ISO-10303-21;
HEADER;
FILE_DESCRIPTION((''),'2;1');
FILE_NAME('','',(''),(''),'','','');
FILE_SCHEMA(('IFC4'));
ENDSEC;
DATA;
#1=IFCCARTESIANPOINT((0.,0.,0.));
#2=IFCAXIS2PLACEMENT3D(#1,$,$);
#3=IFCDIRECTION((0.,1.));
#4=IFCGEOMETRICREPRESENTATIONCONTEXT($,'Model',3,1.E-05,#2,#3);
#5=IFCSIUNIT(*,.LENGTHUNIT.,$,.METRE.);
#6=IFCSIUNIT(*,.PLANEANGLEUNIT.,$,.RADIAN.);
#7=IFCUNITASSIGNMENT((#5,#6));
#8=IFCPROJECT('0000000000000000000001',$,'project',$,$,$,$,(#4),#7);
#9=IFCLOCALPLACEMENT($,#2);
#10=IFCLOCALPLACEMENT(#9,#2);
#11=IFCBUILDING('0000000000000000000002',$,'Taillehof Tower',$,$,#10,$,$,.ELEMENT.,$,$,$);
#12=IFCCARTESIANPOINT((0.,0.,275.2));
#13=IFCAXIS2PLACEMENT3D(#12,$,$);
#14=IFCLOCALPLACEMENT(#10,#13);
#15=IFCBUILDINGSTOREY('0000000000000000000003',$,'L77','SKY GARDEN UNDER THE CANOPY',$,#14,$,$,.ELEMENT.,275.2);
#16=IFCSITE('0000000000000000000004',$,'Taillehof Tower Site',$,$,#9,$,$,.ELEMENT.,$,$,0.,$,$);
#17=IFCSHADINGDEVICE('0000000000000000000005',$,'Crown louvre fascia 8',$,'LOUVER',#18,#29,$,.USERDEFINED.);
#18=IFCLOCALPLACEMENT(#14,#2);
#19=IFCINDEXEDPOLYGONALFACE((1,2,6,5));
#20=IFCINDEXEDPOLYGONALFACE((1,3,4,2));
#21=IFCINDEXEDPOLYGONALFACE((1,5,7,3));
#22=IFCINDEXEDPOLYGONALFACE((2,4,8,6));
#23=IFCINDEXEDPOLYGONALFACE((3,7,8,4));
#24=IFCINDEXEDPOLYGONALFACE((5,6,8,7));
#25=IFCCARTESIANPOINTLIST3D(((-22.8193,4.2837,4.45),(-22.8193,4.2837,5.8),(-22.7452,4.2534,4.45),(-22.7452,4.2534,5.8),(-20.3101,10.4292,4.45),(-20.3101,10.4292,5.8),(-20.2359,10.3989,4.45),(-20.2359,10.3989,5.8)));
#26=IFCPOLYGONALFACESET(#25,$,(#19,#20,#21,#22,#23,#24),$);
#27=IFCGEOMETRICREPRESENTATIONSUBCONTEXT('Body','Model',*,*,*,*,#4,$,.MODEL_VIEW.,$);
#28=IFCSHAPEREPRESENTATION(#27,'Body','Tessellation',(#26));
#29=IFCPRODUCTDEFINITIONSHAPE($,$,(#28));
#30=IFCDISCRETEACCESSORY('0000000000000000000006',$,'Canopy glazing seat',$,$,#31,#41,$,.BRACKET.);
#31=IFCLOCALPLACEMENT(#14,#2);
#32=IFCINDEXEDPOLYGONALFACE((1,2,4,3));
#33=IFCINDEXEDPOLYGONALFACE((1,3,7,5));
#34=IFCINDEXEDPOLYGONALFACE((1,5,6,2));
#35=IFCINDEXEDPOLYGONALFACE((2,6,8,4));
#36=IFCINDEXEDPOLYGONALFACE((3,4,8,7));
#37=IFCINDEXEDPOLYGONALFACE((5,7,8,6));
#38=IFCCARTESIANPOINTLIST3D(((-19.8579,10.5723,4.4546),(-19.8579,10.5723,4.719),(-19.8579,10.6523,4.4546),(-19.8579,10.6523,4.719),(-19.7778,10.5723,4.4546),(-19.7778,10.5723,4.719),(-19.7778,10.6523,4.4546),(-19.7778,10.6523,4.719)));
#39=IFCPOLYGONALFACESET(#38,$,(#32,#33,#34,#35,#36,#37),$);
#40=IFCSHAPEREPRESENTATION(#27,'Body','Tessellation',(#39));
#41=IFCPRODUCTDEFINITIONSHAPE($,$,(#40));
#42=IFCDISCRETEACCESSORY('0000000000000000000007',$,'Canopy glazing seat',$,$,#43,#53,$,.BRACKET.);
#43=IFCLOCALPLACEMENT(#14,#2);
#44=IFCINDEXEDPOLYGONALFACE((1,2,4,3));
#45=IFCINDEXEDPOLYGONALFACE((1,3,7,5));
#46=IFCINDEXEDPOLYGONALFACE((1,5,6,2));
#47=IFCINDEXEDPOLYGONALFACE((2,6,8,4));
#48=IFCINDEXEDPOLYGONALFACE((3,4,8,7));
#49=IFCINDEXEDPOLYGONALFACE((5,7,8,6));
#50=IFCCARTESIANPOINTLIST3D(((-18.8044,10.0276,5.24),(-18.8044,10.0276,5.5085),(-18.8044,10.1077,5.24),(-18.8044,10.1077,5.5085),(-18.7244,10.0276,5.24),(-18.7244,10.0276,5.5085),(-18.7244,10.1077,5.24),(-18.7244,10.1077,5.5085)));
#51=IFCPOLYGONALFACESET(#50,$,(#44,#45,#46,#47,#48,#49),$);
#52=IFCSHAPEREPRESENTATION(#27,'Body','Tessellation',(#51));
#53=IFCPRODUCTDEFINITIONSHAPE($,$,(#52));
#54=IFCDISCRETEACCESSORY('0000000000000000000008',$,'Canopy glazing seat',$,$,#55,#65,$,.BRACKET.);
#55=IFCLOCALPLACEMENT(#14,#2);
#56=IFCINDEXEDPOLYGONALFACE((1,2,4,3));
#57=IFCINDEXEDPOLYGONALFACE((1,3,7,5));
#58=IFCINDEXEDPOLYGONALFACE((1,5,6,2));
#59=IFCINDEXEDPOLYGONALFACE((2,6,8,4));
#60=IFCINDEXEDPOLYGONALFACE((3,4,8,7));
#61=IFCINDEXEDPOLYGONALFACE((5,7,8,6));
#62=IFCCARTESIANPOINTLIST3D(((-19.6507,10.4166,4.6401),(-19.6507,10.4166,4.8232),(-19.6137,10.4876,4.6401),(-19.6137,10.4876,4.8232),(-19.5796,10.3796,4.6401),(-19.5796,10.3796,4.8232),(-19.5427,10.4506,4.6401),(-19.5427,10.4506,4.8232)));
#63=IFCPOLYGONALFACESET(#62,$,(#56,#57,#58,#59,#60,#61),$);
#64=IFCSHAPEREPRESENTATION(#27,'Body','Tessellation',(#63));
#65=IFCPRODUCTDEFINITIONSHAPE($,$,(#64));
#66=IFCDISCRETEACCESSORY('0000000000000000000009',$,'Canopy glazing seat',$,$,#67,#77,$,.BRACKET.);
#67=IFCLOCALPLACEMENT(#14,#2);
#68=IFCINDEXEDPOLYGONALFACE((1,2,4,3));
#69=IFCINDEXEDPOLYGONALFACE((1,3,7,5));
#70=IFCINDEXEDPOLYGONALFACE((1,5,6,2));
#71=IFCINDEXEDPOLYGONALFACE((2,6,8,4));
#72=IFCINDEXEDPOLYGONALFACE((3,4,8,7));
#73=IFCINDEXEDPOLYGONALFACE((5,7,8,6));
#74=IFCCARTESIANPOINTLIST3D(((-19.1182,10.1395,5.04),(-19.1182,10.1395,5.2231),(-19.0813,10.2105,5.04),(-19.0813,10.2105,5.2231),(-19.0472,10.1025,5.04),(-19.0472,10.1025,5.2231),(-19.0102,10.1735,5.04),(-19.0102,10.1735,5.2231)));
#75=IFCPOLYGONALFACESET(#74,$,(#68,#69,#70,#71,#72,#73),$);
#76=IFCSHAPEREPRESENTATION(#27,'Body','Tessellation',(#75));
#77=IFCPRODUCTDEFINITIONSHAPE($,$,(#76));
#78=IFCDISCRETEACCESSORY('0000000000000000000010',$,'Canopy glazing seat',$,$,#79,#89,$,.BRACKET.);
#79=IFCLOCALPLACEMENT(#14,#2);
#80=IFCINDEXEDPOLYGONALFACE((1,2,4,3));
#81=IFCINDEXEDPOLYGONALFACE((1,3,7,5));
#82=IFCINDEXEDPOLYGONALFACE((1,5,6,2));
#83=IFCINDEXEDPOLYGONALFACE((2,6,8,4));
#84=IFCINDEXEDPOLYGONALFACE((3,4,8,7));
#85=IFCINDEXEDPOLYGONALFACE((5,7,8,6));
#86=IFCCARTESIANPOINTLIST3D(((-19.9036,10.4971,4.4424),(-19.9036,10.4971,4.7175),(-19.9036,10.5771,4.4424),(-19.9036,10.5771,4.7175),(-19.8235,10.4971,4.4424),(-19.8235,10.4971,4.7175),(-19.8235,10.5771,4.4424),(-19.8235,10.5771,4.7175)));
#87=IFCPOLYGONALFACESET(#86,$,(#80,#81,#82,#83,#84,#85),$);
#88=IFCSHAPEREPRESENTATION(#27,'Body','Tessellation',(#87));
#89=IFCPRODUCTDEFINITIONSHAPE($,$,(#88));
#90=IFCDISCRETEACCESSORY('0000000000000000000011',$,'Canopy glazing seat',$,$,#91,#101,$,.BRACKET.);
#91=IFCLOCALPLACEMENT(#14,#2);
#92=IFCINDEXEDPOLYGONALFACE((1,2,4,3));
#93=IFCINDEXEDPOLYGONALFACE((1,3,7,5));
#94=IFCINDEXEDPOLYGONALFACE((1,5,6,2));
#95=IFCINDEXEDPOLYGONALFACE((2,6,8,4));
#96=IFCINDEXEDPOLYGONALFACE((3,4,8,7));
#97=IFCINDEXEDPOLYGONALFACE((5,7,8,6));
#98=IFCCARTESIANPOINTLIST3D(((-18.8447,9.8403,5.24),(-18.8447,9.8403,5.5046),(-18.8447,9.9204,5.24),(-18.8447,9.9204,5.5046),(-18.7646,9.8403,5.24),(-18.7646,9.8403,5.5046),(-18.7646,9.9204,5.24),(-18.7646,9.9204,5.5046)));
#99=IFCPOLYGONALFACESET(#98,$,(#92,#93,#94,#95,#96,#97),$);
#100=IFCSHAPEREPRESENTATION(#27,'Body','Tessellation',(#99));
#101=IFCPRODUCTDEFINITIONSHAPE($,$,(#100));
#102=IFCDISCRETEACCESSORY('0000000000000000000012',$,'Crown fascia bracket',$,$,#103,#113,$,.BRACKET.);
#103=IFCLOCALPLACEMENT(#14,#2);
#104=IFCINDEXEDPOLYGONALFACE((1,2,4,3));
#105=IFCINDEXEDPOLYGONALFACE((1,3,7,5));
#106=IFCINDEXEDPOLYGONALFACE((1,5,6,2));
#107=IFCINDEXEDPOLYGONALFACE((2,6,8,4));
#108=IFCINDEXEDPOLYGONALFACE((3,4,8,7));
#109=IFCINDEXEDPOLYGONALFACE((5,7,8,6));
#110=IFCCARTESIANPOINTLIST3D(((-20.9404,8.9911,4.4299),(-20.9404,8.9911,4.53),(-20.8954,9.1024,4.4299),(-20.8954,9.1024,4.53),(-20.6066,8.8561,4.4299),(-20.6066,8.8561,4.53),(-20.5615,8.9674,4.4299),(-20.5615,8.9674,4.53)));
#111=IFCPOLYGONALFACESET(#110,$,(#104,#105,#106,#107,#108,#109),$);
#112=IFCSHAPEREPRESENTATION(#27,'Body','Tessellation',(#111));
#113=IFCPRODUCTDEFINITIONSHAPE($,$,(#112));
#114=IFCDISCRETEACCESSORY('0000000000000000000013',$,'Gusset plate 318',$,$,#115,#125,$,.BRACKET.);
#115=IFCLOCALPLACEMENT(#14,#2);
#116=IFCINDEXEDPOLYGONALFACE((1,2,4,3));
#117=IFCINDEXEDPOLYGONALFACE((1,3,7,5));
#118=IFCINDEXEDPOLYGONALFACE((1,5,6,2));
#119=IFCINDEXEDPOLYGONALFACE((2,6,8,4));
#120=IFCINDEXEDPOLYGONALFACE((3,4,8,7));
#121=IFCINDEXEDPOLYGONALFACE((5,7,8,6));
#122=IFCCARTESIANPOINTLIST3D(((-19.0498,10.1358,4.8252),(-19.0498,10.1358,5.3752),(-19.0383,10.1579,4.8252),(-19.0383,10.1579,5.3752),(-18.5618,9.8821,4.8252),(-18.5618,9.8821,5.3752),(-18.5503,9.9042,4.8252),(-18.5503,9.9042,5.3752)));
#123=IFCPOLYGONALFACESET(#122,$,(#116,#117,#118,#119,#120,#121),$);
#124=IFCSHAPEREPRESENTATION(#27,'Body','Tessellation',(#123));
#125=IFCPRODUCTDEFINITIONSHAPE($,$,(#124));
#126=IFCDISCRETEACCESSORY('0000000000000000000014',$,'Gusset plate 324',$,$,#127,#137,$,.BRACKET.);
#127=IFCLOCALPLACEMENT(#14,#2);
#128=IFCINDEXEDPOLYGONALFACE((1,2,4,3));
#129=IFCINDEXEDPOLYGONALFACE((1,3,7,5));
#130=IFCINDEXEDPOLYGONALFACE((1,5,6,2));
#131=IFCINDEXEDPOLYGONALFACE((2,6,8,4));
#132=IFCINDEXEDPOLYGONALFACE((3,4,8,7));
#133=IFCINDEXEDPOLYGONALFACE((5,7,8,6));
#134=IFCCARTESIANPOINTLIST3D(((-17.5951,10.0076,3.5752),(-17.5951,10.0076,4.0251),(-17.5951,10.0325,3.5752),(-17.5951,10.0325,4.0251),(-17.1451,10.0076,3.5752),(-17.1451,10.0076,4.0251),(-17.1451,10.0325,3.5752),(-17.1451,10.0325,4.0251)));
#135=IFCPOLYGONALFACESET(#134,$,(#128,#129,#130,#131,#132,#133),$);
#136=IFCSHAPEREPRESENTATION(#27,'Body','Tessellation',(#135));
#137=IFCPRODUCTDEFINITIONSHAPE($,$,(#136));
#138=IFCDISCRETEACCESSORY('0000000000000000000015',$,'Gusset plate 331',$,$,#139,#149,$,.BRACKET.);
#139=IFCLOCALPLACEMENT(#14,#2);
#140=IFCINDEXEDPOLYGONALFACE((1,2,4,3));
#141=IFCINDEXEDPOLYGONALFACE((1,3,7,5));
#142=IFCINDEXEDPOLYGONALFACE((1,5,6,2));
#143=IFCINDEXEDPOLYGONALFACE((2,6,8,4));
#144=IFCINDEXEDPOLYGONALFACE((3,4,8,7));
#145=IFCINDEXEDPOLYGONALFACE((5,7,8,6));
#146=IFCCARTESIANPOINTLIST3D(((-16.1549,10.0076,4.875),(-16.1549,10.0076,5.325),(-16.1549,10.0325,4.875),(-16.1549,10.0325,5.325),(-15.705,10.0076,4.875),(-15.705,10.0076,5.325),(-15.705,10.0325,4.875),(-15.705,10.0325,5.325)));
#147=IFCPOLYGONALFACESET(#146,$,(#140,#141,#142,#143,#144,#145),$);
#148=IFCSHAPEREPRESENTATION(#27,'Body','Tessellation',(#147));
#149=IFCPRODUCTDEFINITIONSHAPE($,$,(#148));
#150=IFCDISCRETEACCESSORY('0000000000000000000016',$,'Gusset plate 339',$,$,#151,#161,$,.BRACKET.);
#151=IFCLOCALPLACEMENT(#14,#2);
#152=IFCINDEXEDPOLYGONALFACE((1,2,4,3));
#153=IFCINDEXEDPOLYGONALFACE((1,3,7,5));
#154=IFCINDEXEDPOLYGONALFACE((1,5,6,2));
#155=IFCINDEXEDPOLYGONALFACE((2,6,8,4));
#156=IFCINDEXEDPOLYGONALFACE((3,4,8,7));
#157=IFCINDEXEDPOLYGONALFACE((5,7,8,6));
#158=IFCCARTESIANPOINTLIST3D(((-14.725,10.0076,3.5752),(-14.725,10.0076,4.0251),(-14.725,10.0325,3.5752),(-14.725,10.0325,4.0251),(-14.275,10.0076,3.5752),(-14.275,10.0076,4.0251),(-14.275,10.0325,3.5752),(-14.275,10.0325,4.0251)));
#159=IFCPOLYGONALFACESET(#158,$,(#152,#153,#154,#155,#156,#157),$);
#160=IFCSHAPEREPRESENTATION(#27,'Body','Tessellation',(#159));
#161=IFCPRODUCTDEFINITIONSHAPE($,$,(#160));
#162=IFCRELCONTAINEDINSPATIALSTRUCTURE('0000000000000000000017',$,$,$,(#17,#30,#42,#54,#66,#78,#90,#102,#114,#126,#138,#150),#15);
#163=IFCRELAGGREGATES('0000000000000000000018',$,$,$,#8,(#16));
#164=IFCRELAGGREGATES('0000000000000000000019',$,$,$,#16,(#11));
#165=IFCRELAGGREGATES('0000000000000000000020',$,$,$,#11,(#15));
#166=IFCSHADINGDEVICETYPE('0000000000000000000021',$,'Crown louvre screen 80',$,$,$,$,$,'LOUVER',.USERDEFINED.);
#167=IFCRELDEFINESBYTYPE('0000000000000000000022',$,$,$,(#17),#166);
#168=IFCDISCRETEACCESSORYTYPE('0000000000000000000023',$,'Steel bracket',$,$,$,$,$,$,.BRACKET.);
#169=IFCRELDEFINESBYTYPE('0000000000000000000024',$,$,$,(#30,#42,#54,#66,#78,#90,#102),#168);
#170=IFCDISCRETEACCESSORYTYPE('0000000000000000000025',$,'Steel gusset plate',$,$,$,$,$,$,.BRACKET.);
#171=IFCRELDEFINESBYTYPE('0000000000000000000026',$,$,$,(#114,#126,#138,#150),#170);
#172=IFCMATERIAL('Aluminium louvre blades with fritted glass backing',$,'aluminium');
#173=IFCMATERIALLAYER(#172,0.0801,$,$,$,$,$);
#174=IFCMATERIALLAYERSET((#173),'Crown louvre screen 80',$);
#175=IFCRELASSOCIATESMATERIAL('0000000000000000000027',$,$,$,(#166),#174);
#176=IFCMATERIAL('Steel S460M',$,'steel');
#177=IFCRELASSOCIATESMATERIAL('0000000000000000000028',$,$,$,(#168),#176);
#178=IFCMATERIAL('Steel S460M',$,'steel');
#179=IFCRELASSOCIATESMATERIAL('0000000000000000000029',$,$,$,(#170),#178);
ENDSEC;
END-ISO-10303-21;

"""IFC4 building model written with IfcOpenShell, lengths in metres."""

from ifc_helpers import new_model, si_unit, direction, frame, origin, origin_2d, place, context, subcontext, project, spatial, polyline, rectangle, outline, extrude, material, layer, layer_set, type_object, element, save


model = new_model("IFC4")

# Units and contexts
model_context = context("Model", 3, precision=1e-05, world=origin(), true_north=direction((0.0, 1.0)))
body_context = subcontext(model_context, "Body", "Model", "MODEL_VIEW")
ifc_project = project(units=[si_unit("LENGTHUNIT", "METRE"), si_unit("PLANEANGLEUNIT", "RADIAN")], contexts=[model_context])

# Site, building, storey
site_placement = place(None, origin())
site = spatial("IfcSite", under=ifc_project, at=site_placement, Name="Taillehof Tower Site", CompositionType="ELEMENT", RefElevation=0.0)
building_placement = place(site_placement, origin())
building = spatial("IfcBuilding", under=site, at=building_placement, Name="Taillehof Tower", CompositionType="ELEMENT")
storey_placement = place(building_placement, frame((0.0, 0.0, 275.2)))
storey = spatial("IfcBuildingStorey", under=building, at=storey_placement, Name="L77", Description="SKY GARDEN UNDER THE CANOPY", CompositionType="ELEMENT", Elevation=275.2)

# Shading device
ifc_material_1 = material(Name="Aluminium louvre blades with fritted glass backing", Category="aluminium")
ifc_layer_1 = layer(ifc_material_1, 0.0801)
ifc_layer_set_1 = layer_set([ifc_layer_1], Name="Crown louvre screen 80")
shading_device_type = type_object("IfcShadingDeviceType", Name="Crown louvre screen 80", ElementType="LOUVER", PredefinedType="USERDEFINED", material=ifc_layer_set_1)
shading_device_placement = place(storey_placement, frame((-20.3101, 10.4292, 4.45), z_axis=(-0.9258, 0.378014, 0.0), x_axis=(-0.378014, -0.9258, 0.0)))
element("IfcShadingDevice", 1, at=shading_device_placement, inside=storey, type_object=shading_device_type, Name="Crown louvre fascia 8", ObjectType="LOUVER", PredefinedType="USERDEFINED", context=body_context, shape_type="SweptSolid", body=[
    extrude(outline(polyline([(0.0, 0.0), (6.6381, 0.0), (6.6381, 1.3501), (0.0, 1.3501), (0.0, 0.0)])), origin(), (0.0, 0.0, -1.0), 0.0801),
])

# Discrete accessories
ifc_material_2 = material(Name="Steel S460M", Category="steel")
discrete_accessory_type_1 = type_object("IfcDiscreteAccessoryType", Name="Steel bracket", PredefinedType="BRACKET", material=ifc_material_2)
discrete_accessory_1_placement = place(storey_placement, frame((-19.8179, 10.6123, 4.4546), z_axis=(0.0, 0.0, 1.0), x_axis=(1.0, 0.0, 0.0)))
element("IfcDiscreteAccessory", 2, at=discrete_accessory_1_placement, inside=storey, type_object=discrete_accessory_type_1, Name="Canopy glazing seat", PredefinedType="BRACKET", context=body_context, shape_type="SweptSolid", body=[
    extrude(rectangle(XDim=0.0801, YDim=0.0801, at=origin_2d()), origin(), (0.0, 0.0, 1.0), 0.2644),
])
discrete_accessory_2_placement = place(storey_placement, frame((-18.7644, 10.0676, 5.24), z_axis=(0.0, 0.0, 1.0), x_axis=(1.0, 0.0, 0.0)))
element("IfcDiscreteAccessory", 3, at=discrete_accessory_2_placement, inside=storey, type_object=discrete_accessory_type_1, Name="Canopy glazing seat", PredefinedType="BRACKET", context=body_context, shape_type="SweptSolid", body=[
    extrude(rectangle(XDim=0.0801, YDim=0.0801, at=origin_2d()), origin(), (0.0, 0.0, 1.0), 0.2686),
])
for number, where, z_axis, x_axis, name in (
    (4, (-19.5967, 10.4336, 4.6401), (0.0, 0.0, 1.0), (0.887149, -0.461484, 0.0), "Canopy glazing seat"),
    (5, (-19.0642, 10.1565, 5.04), (0.0, 0.0, 1.0), (0.887149, -0.461484, 0.0), "Canopy glazing seat"),
):
    element("IfcDiscreteAccessory", number, at=place(storey_placement, frame(where, z_axis=z_axis, x_axis=x_axis)), inside=storey, type_object=discrete_accessory_type_1, Name=name, PredefinedType="BRACKET", context=body_context, shape_type="SweptSolid", body=[
        extrude(rectangle(XDim=0.0801, YDim=0.0801, at=origin_2d()), origin(), (0.0, 0.0, 1.0), 0.1831),
    ])
discrete_accessory_3_placement = place(storey_placement, frame((-19.8635, 10.5371, 4.4424), z_axis=(0.0, 0.0, 1.0), x_axis=(1.0, 0.0, 0.0)))
element("IfcDiscreteAccessory", 6, at=discrete_accessory_3_placement, inside=storey, type_object=discrete_accessory_type_1, Name="Canopy glazing seat", PredefinedType="BRACKET", context=body_context, shape_type="SweptSolid", body=[
    extrude(rectangle(XDim=0.0801, YDim=0.0801, at=origin_2d()), origin(), (0.0, 0.0, 1.0), 0.2751),
])
discrete_accessory_4_placement = place(storey_placement, frame((-18.8047, 9.8804, 5.24), z_axis=(0.0, 0.0, 1.0), x_axis=(1.0, 0.0, 0.0)))
element("IfcDiscreteAccessory", 7, at=discrete_accessory_4_placement, inside=storey, type_object=discrete_accessory_type_1, Name="Canopy glazing seat", PredefinedType="BRACKET", context=body_context, shape_type="SweptSolid", body=[
    extrude(rectangle(XDim=0.0801, YDim=0.0801, at=origin_2d()), origin(), (0.0, 0.0, 1.0), 0.2646),
])
discrete_accessory_5_placement = place(storey_placement, frame((-20.751, 8.9792, 4.4299), z_axis=(0.0, 0.0, 1.0), x_axis=(-0.927086, 0.374849, 0.0)))
element("IfcDiscreteAccessory", 8, at=discrete_accessory_5_placement, inside=storey, type_object=discrete_accessory_type_1, Name="Crown fascia bracket", PredefinedType="BRACKET", context=body_context, shape_type="SweptSolid", body=[
    extrude(rectangle(XDim=0.3601, YDim=0.1201, at=origin_2d()), origin(), (0.0, 0.0, 1.0), 0.1001),
])
ifc_material_3 = material(Name="Steel S460M", Category="steel")
discrete_accessory_type_2 = type_object("IfcDiscreteAccessoryType", Name="Steel gusset plate", PredefinedType="BRACKET", material=ifc_material_3)
discrete_accessory_6_placement = place(storey_placement, frame((-18.8, 10.02, 4.8252), z_axis=(0.0, 0.0, 1.0), x_axis=(0.887313, -0.461168, 0.0)))
element("IfcDiscreteAccessory", 9, at=discrete_accessory_6_placement, inside=storey, type_object=discrete_accessory_type_2, Name="Gusset plate 318", PredefinedType="BRACKET", context=body_context, shape_type="SweptSolid", body=[
    extrude(rectangle(XDim=0.55, YDim=0.0249, at=origin_2d()), origin(), (0.0, 0.0, 1.0), 0.55),
])
for number, where, z_axis, x_axis, name in (
    (10, (-17.3701, 10.02, 3.5752), (0.0, 0.0, 1.0), (1.0, 0.0, 0.0), "Gusset plate 324"),
    (11, (-15.9299, 10.02, 4.875), (0.0, 0.0, 1.0), (1.0, 0.0, 0.0), "Gusset plate 331"),
    (12, (-14.5, 10.02, 3.5752), (0.0, 0.0, 1.0), (1.0, 0.0, 0.0), "Gusset plate 339"),
):
    element("IfcDiscreteAccessory", number, at=place(storey_placement, frame(where, z_axis=z_axis, x_axis=x_axis)), inside=storey, type_object=discrete_accessory_type_2, Name=name, PredefinedType="BRACKET", context=body_context, shape_type="SweptSolid", body=[
        extrude(rectangle(XDim=0.45, YDim=0.0249, at=origin_2d()), origin(), (0.0, 0.0, 1.0), 0.45),
    ])

save(model, "model.ifc")
